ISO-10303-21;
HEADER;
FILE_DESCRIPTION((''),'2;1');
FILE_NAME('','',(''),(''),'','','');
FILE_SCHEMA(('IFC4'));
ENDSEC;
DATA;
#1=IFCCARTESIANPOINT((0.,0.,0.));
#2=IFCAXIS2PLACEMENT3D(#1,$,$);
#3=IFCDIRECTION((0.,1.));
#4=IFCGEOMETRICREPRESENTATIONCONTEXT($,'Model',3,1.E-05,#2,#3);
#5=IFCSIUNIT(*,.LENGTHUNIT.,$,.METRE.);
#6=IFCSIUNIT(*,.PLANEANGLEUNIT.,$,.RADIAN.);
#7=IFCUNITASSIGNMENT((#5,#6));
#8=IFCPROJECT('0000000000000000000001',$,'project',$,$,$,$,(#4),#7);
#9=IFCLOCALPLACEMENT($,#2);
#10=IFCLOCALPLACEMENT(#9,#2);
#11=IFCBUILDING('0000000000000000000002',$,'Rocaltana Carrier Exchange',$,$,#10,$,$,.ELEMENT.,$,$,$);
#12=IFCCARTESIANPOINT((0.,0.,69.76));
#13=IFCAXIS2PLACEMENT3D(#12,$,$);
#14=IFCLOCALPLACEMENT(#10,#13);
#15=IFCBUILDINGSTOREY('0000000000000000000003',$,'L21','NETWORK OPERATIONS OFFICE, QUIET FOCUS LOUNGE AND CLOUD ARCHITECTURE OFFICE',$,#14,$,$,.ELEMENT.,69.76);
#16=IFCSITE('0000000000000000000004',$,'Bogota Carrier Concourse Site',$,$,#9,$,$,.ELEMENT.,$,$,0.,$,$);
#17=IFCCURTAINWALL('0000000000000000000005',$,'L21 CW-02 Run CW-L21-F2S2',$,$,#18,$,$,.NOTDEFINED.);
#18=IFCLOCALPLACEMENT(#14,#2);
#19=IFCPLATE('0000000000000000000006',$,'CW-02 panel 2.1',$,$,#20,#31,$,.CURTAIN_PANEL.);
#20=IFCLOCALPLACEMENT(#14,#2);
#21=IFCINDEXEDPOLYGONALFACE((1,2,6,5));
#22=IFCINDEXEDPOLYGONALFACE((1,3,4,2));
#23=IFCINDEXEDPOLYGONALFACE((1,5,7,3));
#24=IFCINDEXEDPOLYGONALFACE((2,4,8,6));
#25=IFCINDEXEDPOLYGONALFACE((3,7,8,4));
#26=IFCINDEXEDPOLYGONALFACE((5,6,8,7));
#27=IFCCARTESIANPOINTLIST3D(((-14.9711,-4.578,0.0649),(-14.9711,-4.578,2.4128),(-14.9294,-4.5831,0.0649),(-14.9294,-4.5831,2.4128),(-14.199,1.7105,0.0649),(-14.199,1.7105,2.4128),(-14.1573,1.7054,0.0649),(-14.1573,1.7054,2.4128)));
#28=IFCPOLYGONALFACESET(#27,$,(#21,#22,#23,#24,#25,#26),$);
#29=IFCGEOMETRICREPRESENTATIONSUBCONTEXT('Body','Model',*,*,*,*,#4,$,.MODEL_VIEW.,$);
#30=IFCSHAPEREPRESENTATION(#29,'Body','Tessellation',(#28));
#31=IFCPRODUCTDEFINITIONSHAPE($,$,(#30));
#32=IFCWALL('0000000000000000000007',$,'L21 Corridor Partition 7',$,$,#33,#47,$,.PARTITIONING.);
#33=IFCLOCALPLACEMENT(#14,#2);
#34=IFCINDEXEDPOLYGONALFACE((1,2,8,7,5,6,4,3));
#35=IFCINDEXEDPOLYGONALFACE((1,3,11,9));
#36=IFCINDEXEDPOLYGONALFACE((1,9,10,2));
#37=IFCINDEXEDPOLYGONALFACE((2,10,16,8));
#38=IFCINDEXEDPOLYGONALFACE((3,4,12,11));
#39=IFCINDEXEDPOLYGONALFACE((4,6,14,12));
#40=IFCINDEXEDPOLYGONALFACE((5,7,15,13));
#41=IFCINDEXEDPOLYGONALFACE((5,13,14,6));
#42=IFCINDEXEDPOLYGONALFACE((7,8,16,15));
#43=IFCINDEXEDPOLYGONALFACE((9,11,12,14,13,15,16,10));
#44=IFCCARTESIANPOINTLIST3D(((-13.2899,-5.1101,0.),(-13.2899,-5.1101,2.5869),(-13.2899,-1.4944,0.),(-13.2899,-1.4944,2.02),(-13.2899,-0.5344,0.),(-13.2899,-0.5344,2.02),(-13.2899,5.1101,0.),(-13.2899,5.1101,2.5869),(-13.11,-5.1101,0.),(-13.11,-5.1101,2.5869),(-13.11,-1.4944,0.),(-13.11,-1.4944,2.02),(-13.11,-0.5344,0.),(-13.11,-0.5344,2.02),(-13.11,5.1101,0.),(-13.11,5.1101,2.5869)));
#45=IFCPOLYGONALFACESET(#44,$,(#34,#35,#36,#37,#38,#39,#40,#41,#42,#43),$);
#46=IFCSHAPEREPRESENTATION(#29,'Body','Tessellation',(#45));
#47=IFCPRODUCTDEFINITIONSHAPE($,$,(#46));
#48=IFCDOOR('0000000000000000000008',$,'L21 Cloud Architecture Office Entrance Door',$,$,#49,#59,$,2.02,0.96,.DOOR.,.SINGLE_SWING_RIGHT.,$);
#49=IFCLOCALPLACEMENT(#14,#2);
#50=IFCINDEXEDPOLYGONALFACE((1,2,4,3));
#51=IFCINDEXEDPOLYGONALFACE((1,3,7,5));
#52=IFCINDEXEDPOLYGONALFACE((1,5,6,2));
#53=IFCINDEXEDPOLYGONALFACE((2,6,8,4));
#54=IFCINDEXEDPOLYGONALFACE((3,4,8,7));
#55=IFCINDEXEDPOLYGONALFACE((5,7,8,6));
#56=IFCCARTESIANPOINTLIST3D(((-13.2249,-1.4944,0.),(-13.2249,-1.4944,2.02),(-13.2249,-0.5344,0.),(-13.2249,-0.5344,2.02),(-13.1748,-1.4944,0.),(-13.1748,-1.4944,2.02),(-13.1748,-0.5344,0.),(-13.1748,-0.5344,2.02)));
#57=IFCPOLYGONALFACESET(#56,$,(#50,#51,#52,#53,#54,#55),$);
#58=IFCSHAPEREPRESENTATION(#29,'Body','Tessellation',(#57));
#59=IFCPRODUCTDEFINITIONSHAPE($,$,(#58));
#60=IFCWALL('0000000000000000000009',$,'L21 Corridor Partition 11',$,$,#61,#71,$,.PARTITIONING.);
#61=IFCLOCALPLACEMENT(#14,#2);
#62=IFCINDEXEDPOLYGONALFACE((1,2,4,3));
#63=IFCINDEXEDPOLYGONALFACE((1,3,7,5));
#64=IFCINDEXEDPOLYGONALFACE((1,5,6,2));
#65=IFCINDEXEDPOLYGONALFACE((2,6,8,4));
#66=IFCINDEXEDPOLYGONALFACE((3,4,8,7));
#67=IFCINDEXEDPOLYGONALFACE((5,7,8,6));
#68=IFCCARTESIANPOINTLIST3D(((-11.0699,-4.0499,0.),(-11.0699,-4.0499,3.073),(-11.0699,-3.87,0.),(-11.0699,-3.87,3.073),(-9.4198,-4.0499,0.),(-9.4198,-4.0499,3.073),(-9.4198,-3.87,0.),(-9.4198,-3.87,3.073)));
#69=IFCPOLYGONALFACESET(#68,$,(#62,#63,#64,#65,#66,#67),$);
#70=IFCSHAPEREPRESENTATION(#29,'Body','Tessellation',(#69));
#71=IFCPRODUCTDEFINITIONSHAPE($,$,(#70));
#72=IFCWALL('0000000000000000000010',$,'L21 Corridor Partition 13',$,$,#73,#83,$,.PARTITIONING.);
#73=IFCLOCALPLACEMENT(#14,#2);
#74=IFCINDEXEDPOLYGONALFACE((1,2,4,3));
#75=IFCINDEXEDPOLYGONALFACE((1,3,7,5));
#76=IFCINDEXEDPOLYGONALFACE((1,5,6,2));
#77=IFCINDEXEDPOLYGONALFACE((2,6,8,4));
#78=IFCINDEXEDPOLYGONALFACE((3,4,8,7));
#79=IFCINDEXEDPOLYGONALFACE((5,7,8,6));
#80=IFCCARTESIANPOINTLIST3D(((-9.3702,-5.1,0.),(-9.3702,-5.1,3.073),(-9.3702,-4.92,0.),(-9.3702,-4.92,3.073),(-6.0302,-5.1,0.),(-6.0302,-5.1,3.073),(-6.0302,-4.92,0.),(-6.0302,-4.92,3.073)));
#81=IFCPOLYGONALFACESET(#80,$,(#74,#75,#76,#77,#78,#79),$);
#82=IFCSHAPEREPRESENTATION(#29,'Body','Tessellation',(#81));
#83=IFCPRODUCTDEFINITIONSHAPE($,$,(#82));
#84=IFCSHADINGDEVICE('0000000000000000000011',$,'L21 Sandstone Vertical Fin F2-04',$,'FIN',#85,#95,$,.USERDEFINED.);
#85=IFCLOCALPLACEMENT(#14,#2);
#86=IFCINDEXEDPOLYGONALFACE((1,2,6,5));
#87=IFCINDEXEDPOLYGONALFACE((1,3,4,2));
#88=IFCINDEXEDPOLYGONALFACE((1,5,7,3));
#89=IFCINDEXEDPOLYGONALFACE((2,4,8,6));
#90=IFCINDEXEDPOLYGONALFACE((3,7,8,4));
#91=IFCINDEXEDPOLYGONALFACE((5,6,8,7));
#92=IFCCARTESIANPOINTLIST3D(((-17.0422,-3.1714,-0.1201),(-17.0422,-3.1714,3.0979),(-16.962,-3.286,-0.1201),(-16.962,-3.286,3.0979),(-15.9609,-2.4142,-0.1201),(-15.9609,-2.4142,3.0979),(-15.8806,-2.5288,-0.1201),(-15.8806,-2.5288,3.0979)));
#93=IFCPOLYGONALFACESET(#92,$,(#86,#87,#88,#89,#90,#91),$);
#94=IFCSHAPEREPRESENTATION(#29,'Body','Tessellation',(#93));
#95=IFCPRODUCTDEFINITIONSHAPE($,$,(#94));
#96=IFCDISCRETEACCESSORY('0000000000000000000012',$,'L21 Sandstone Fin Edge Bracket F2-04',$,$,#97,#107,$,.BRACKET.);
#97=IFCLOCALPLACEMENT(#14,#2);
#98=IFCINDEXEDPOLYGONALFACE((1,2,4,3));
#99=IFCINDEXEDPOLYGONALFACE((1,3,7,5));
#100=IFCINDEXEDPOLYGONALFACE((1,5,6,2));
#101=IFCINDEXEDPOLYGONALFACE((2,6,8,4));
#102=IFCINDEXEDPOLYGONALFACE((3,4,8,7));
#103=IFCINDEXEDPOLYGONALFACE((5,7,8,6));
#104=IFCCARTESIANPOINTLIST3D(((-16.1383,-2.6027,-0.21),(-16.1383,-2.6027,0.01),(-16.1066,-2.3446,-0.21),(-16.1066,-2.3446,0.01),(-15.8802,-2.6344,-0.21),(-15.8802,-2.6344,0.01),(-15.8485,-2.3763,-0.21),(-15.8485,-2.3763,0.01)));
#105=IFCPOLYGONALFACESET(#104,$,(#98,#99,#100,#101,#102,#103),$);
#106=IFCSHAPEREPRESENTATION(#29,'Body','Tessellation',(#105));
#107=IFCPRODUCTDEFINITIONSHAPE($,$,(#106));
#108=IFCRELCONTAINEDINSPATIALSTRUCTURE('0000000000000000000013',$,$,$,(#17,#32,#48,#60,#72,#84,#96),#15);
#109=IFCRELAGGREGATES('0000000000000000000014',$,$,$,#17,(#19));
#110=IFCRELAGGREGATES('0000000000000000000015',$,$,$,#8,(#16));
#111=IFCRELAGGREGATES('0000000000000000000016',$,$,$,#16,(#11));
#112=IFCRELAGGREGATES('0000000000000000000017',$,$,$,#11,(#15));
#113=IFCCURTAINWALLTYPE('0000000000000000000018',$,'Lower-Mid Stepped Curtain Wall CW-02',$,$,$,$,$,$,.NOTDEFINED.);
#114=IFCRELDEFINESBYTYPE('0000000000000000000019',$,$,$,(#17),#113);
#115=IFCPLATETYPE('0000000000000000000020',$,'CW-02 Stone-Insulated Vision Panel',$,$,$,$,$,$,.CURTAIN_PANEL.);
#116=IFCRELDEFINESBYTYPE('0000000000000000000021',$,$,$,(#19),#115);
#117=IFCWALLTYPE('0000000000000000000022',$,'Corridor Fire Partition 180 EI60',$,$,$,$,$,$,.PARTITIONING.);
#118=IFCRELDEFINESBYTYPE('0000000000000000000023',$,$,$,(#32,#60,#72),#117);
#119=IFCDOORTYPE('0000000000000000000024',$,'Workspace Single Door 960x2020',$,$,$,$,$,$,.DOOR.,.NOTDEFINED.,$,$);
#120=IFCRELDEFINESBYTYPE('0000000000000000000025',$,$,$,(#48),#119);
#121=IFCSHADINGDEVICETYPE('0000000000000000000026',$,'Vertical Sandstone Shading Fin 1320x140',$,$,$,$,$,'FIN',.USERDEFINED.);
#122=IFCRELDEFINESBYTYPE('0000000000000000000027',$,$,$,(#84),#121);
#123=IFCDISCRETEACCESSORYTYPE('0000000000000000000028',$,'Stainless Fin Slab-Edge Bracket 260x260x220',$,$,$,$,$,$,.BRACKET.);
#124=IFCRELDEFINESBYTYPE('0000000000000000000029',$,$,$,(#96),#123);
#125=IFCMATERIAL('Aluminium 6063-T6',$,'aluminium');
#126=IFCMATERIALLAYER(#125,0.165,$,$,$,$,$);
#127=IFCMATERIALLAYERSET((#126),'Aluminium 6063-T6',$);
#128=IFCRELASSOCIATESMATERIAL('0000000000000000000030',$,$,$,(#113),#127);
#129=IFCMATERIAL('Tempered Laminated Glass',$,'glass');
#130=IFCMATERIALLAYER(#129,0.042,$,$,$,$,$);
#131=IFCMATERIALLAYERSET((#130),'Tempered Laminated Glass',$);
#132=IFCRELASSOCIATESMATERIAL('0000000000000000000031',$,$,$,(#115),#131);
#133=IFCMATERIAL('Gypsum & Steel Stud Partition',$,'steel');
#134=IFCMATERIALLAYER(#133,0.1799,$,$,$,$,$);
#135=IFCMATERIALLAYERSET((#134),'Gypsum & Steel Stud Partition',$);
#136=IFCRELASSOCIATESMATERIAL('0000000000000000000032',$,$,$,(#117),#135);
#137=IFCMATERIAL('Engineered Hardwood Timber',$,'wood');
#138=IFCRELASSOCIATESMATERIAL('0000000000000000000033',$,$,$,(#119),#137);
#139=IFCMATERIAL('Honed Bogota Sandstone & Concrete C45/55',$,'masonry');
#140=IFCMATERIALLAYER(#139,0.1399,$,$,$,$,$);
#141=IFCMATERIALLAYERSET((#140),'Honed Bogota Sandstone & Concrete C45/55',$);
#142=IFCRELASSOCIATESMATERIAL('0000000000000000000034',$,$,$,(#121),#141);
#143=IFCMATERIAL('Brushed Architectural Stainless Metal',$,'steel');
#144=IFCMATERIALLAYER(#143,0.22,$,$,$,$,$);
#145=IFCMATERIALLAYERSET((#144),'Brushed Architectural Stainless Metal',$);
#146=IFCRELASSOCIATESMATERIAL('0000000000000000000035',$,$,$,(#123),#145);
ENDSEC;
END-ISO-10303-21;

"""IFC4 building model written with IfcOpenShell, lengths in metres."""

from ifc_helpers import new_model, si_unit, direction, frame, frame_2d, origin, origin_2d, place, context, subcontext, project, spatial, rectangle, extrude, material, layer, layer_set, type_object, element, fill, aggregate, save


model = new_model("IFC4")

# Units and contexts
model_context = context("Model", 3, precision=1e-05, world=origin(), true_north=direction((0.0, 1.0)))
body_context = subcontext(model_context, "Body", "Model", "MODEL_VIEW")
ifc_project = project(units=[si_unit("LENGTHUNIT", "METRE"), si_unit("PLANEANGLEUNIT", "RADIAN")], contexts=[model_context])

# Site, building, storey
site_placement = place(None, origin())
site = spatial("IfcSite", under=ifc_project, at=site_placement, Name="Bogota Carrier Concourse Site", CompositionType="ELEMENT", RefElevation=0.0)
building_placement = place(site_placement, origin())
building = spatial("IfcBuilding", under=site, at=building_placement, Name="Rocaltana Carrier Exchange", CompositionType="ELEMENT")
storey_placement = place(building_placement, frame((0.0, 0.0, 69.76)))
storey = spatial("IfcBuildingStorey", under=building, at=storey_placement, Name="L21", Description="NETWORK OPERATIONS OFFICE, QUIET FOCUS LOUNGE AND CLOUD ARCHITECTURE OFFICE", CompositionType="ELEMENT", Elevation=69.76)

# Curtain wall
ifc_material_1 = material(Name="Aluminium 6063-T6", Category="aluminium")
ifc_layer_1 = layer(ifc_material_1, 0.165)
ifc_layer_set_1 = layer_set([ifc_layer_1], Name="Aluminium 6063-T6")
curtain_wall_type = type_object("IfcCurtainWallType", Name="Lower-Mid Stepped Curtain Wall CW-02", PredefinedType="NOTDEFINED", material=ifc_layer_set_1)
curtain_wall_1_placement = place(storey_placement, origin())
curtain_wall_1 = element("IfcCurtainWall", 1, at=curtain_wall_1_placement, inside=storey, type_object=curtain_wall_type, Name="L21 CW-02 Run CW-L21-F2S2", PredefinedType="NOTDEFINED")

# Plate
ifc_material_2 = material(Name="Tempered Laminated Glass", Category="glass")
ifc_layer_2 = layer(ifc_material_2, 0.042)
ifc_layer_set_2 = layer_set([ifc_layer_2], Name="Tempered Laminated Glass")
plate_type = type_object("IfcPlateType", Name="CW-02 Stone-Insulated Vision Panel", PredefinedType="CURTAIN_PANEL", material=ifc_layer_set_2)
plate_placement = place(storey_placement, frame((-14.5642, -1.4363, 0.0649), z_axis=(0.0, 0.0, 1.0), x_axis=(-0.121874, -0.992546, 0.0)))
plate = element("IfcPlate", 2, at=plate_placement, type_object=plate_type, Name="CW-02 panel 2.1", PredefinedType="CURTAIN_PANEL", context=body_context, shape_type="SweptSolid", body=[
    extrude(rectangle(XDim=6.3357, YDim=0.042, at=origin_2d()), origin(), (0.0, 0.0, 1.0), 2.3479),
])
aggregate(curtain_wall_1, [plate])

# Wall, opening, door
ifc_material_3 = material(Name="Gypsum & Steel Stud Partition", Category="steel")
ifc_layer_3 = layer(ifc_material_3, 0.1799)
ifc_layer_set_3 = layer_set([ifc_layer_3], Name="Gypsum & Steel Stud Partition")
wall_type = type_object("IfcWallType", Name="Corridor Fire Partition 180 EI60", PredefinedType="PARTITIONING", material=ifc_layer_set_3)
wall_1_placement = place(storey_placement, frame((-13.2, -5.1101, 0.0), z_axis=(0.0, 0.0, 1.0), x_axis=(0.0, 1.0, 0.0)))
wall_1 = element("IfcWall", 3, at=wall_1_placement, inside=storey, type_object=wall_type, Name="L21 Corridor Partition 7", PredefinedType="PARTITIONING", context=body_context, shape_type="SweptSolid", body=[
    extrude(rectangle(XDim=10.2202, YDim=0.1799, at=frame_2d((5.1101, 0.0))), origin(), (0.0, 0.0, 1.0), 2.5869),
])
opening_placement = place(wall_1_placement, frame((3.6157, 0.0, 0.0)))
opening = element("IfcOpeningElement", 4, at=opening_placement, cuts=wall_1, PredefinedType="OPENING", context=body_context, shape_type="SweptSolid", body=[
    extrude(rectangle(XDim=0.96, YDim=2.02, at=frame_2d((0.48, 1.01))), frame((0.0, 0.0999, 0.0), z_axis=(0.0, -1.0, 0.0), x_axis=(1.0, 0.0, 0.0)), (0.0, 0.0, 1.0), 0.2),
])
ifc_material_4 = material(Name="Engineered Hardwood Timber", Category="wood")
door_type = type_object("IfcDoorType", Name="Workspace Single Door 960x2020", OperationType="NOTDEFINED", PredefinedType="DOOR", material=ifc_material_4)
door_placement = place(opening_placement, origin())
door = element("IfcDoor", 5, at=door_placement, inside=storey, type_object=door_type, Name="L21 Cloud Architecture Office Entrance Door", OperationType="SINGLE_SWING_RIGHT", OverallHeight=2.02, OverallWidth=0.96, PredefinedType="DOOR", context=body_context, shape_type="SweptSolid", body=[
    extrude(rectangle(XDim=0.96, YDim=2.02, at=frame_2d((0.48, 1.01))), frame((0.0, 0.0249, 0.0), z_axis=(0.0, -1.0, 0.0), x_axis=(1.0, 0.0, 0.0)), (0.0, 0.0, 1.0), 0.05),
])
fill(opening, door)

# Walls
wall_2_placement = place(storey_placement, frame((-11.0701, -3.96, 0.0), z_axis=(0.0, 0.0, 1.0), x_axis=(1.0, 0.0, 0.0)))
element("IfcWall", 6, at=wall_2_placement, inside=storey, type_object=wall_type, Name="L21 Corridor Partition 11", PredefinedType="PARTITIONING", context=body_context, shape_type="SweptSolid", body=[
    extrude(rectangle(XDim=1.6501, YDim=0.1799, at=frame_2d((0.8252, 0.0))), origin(), (0.0, 0.0, 1.0), 3.073),
])
wall_3_placement = place(storey_placement, frame((-9.3701, -5.01, 0.0), z_axis=(0.0, 0.0, 1.0), x_axis=(1.0, 0.0, 0.0)))
element("IfcWall", 7, at=wall_3_placement, inside=storey, type_object=wall_type, Name="L21 Corridor Partition 13", PredefinedType="PARTITIONING", context=body_context, shape_type="SweptSolid", body=[
    extrude(rectangle(XDim=3.3401, YDim=0.1799, at=frame_2d((1.6699, 0.0))), origin(), (0.0, 0.0, 1.0), 3.073),
])

# Shading device
ifc_material_5 = material(Name="Honed Bogota Sandstone & Concrete C45/55", Category="masonry")
ifc_layer_4 = layer(ifc_material_5, 0.1399)
ifc_layer_set_4 = layer_set([ifc_layer_4], Name="Honed Bogota Sandstone & Concrete C45/55")
shading_device_type = type_object("IfcShadingDeviceType", Name="Vertical Sandstone Shading Fin 1320x140", ElementType="FIN", PredefinedType="USERDEFINED", material=ifc_layer_set_4)
shading_device_placement = place(storey_placement, frame((-16.4614, -2.8501, -0.1201), z_axis=(0.0, 0.0, 1.0), x_axis=(-0.819152, -0.573576, 0.0)))
element("IfcShadingDevice", 8, at=shading_device_placement, inside=storey, type_object=shading_device_type, Name="L21 Sandstone Vertical Fin F2-04", ObjectType="FIN", PredefinedType="USERDEFINED", context=body_context, shape_type="SweptSolid", body=[
    extrude(rectangle(XDim=1.3201, YDim=0.1399, at=origin_2d()), origin(), (0.0, 0.0, 1.0), 3.218),
])

# Discrete accessory
ifc_material_6 = material(Name="Brushed Architectural Stainless Metal", Category="steel")
ifc_layer_5 = layer(ifc_material_6, 0.22)
ifc_layer_set_5 = layer_set([ifc_layer_5], Name="Brushed Architectural Stainless Metal")
discrete_accessory_type = type_object("IfcDiscreteAccessoryType", Name="Stainless Fin Slab-Edge Bracket 260x260x220", PredefinedType="BRACKET", material=ifc_layer_set_5)
discrete_accessory_placement = place(storey_placement, frame((-15.9934, -2.4895, -0.21), z_axis=(0.0, 0.0, 1.0), x_axis=(-0.121869, -0.992546, 0.0)))
element("IfcDiscreteAccessory", 9, at=discrete_accessory_placement, inside=storey, type_object=discrete_accessory_type, Name="L21 Sandstone Fin Edge Bracket F2-04", PredefinedType="BRACKET", context=body_context, shape_type="SweptSolid", body=[
    extrude(rectangle(XDim=0.26, YDim=0.26, at=origin_2d()), origin(), (0.0, 0.0, 1.0), 0.22),
])

save(model, "model.ifc")
